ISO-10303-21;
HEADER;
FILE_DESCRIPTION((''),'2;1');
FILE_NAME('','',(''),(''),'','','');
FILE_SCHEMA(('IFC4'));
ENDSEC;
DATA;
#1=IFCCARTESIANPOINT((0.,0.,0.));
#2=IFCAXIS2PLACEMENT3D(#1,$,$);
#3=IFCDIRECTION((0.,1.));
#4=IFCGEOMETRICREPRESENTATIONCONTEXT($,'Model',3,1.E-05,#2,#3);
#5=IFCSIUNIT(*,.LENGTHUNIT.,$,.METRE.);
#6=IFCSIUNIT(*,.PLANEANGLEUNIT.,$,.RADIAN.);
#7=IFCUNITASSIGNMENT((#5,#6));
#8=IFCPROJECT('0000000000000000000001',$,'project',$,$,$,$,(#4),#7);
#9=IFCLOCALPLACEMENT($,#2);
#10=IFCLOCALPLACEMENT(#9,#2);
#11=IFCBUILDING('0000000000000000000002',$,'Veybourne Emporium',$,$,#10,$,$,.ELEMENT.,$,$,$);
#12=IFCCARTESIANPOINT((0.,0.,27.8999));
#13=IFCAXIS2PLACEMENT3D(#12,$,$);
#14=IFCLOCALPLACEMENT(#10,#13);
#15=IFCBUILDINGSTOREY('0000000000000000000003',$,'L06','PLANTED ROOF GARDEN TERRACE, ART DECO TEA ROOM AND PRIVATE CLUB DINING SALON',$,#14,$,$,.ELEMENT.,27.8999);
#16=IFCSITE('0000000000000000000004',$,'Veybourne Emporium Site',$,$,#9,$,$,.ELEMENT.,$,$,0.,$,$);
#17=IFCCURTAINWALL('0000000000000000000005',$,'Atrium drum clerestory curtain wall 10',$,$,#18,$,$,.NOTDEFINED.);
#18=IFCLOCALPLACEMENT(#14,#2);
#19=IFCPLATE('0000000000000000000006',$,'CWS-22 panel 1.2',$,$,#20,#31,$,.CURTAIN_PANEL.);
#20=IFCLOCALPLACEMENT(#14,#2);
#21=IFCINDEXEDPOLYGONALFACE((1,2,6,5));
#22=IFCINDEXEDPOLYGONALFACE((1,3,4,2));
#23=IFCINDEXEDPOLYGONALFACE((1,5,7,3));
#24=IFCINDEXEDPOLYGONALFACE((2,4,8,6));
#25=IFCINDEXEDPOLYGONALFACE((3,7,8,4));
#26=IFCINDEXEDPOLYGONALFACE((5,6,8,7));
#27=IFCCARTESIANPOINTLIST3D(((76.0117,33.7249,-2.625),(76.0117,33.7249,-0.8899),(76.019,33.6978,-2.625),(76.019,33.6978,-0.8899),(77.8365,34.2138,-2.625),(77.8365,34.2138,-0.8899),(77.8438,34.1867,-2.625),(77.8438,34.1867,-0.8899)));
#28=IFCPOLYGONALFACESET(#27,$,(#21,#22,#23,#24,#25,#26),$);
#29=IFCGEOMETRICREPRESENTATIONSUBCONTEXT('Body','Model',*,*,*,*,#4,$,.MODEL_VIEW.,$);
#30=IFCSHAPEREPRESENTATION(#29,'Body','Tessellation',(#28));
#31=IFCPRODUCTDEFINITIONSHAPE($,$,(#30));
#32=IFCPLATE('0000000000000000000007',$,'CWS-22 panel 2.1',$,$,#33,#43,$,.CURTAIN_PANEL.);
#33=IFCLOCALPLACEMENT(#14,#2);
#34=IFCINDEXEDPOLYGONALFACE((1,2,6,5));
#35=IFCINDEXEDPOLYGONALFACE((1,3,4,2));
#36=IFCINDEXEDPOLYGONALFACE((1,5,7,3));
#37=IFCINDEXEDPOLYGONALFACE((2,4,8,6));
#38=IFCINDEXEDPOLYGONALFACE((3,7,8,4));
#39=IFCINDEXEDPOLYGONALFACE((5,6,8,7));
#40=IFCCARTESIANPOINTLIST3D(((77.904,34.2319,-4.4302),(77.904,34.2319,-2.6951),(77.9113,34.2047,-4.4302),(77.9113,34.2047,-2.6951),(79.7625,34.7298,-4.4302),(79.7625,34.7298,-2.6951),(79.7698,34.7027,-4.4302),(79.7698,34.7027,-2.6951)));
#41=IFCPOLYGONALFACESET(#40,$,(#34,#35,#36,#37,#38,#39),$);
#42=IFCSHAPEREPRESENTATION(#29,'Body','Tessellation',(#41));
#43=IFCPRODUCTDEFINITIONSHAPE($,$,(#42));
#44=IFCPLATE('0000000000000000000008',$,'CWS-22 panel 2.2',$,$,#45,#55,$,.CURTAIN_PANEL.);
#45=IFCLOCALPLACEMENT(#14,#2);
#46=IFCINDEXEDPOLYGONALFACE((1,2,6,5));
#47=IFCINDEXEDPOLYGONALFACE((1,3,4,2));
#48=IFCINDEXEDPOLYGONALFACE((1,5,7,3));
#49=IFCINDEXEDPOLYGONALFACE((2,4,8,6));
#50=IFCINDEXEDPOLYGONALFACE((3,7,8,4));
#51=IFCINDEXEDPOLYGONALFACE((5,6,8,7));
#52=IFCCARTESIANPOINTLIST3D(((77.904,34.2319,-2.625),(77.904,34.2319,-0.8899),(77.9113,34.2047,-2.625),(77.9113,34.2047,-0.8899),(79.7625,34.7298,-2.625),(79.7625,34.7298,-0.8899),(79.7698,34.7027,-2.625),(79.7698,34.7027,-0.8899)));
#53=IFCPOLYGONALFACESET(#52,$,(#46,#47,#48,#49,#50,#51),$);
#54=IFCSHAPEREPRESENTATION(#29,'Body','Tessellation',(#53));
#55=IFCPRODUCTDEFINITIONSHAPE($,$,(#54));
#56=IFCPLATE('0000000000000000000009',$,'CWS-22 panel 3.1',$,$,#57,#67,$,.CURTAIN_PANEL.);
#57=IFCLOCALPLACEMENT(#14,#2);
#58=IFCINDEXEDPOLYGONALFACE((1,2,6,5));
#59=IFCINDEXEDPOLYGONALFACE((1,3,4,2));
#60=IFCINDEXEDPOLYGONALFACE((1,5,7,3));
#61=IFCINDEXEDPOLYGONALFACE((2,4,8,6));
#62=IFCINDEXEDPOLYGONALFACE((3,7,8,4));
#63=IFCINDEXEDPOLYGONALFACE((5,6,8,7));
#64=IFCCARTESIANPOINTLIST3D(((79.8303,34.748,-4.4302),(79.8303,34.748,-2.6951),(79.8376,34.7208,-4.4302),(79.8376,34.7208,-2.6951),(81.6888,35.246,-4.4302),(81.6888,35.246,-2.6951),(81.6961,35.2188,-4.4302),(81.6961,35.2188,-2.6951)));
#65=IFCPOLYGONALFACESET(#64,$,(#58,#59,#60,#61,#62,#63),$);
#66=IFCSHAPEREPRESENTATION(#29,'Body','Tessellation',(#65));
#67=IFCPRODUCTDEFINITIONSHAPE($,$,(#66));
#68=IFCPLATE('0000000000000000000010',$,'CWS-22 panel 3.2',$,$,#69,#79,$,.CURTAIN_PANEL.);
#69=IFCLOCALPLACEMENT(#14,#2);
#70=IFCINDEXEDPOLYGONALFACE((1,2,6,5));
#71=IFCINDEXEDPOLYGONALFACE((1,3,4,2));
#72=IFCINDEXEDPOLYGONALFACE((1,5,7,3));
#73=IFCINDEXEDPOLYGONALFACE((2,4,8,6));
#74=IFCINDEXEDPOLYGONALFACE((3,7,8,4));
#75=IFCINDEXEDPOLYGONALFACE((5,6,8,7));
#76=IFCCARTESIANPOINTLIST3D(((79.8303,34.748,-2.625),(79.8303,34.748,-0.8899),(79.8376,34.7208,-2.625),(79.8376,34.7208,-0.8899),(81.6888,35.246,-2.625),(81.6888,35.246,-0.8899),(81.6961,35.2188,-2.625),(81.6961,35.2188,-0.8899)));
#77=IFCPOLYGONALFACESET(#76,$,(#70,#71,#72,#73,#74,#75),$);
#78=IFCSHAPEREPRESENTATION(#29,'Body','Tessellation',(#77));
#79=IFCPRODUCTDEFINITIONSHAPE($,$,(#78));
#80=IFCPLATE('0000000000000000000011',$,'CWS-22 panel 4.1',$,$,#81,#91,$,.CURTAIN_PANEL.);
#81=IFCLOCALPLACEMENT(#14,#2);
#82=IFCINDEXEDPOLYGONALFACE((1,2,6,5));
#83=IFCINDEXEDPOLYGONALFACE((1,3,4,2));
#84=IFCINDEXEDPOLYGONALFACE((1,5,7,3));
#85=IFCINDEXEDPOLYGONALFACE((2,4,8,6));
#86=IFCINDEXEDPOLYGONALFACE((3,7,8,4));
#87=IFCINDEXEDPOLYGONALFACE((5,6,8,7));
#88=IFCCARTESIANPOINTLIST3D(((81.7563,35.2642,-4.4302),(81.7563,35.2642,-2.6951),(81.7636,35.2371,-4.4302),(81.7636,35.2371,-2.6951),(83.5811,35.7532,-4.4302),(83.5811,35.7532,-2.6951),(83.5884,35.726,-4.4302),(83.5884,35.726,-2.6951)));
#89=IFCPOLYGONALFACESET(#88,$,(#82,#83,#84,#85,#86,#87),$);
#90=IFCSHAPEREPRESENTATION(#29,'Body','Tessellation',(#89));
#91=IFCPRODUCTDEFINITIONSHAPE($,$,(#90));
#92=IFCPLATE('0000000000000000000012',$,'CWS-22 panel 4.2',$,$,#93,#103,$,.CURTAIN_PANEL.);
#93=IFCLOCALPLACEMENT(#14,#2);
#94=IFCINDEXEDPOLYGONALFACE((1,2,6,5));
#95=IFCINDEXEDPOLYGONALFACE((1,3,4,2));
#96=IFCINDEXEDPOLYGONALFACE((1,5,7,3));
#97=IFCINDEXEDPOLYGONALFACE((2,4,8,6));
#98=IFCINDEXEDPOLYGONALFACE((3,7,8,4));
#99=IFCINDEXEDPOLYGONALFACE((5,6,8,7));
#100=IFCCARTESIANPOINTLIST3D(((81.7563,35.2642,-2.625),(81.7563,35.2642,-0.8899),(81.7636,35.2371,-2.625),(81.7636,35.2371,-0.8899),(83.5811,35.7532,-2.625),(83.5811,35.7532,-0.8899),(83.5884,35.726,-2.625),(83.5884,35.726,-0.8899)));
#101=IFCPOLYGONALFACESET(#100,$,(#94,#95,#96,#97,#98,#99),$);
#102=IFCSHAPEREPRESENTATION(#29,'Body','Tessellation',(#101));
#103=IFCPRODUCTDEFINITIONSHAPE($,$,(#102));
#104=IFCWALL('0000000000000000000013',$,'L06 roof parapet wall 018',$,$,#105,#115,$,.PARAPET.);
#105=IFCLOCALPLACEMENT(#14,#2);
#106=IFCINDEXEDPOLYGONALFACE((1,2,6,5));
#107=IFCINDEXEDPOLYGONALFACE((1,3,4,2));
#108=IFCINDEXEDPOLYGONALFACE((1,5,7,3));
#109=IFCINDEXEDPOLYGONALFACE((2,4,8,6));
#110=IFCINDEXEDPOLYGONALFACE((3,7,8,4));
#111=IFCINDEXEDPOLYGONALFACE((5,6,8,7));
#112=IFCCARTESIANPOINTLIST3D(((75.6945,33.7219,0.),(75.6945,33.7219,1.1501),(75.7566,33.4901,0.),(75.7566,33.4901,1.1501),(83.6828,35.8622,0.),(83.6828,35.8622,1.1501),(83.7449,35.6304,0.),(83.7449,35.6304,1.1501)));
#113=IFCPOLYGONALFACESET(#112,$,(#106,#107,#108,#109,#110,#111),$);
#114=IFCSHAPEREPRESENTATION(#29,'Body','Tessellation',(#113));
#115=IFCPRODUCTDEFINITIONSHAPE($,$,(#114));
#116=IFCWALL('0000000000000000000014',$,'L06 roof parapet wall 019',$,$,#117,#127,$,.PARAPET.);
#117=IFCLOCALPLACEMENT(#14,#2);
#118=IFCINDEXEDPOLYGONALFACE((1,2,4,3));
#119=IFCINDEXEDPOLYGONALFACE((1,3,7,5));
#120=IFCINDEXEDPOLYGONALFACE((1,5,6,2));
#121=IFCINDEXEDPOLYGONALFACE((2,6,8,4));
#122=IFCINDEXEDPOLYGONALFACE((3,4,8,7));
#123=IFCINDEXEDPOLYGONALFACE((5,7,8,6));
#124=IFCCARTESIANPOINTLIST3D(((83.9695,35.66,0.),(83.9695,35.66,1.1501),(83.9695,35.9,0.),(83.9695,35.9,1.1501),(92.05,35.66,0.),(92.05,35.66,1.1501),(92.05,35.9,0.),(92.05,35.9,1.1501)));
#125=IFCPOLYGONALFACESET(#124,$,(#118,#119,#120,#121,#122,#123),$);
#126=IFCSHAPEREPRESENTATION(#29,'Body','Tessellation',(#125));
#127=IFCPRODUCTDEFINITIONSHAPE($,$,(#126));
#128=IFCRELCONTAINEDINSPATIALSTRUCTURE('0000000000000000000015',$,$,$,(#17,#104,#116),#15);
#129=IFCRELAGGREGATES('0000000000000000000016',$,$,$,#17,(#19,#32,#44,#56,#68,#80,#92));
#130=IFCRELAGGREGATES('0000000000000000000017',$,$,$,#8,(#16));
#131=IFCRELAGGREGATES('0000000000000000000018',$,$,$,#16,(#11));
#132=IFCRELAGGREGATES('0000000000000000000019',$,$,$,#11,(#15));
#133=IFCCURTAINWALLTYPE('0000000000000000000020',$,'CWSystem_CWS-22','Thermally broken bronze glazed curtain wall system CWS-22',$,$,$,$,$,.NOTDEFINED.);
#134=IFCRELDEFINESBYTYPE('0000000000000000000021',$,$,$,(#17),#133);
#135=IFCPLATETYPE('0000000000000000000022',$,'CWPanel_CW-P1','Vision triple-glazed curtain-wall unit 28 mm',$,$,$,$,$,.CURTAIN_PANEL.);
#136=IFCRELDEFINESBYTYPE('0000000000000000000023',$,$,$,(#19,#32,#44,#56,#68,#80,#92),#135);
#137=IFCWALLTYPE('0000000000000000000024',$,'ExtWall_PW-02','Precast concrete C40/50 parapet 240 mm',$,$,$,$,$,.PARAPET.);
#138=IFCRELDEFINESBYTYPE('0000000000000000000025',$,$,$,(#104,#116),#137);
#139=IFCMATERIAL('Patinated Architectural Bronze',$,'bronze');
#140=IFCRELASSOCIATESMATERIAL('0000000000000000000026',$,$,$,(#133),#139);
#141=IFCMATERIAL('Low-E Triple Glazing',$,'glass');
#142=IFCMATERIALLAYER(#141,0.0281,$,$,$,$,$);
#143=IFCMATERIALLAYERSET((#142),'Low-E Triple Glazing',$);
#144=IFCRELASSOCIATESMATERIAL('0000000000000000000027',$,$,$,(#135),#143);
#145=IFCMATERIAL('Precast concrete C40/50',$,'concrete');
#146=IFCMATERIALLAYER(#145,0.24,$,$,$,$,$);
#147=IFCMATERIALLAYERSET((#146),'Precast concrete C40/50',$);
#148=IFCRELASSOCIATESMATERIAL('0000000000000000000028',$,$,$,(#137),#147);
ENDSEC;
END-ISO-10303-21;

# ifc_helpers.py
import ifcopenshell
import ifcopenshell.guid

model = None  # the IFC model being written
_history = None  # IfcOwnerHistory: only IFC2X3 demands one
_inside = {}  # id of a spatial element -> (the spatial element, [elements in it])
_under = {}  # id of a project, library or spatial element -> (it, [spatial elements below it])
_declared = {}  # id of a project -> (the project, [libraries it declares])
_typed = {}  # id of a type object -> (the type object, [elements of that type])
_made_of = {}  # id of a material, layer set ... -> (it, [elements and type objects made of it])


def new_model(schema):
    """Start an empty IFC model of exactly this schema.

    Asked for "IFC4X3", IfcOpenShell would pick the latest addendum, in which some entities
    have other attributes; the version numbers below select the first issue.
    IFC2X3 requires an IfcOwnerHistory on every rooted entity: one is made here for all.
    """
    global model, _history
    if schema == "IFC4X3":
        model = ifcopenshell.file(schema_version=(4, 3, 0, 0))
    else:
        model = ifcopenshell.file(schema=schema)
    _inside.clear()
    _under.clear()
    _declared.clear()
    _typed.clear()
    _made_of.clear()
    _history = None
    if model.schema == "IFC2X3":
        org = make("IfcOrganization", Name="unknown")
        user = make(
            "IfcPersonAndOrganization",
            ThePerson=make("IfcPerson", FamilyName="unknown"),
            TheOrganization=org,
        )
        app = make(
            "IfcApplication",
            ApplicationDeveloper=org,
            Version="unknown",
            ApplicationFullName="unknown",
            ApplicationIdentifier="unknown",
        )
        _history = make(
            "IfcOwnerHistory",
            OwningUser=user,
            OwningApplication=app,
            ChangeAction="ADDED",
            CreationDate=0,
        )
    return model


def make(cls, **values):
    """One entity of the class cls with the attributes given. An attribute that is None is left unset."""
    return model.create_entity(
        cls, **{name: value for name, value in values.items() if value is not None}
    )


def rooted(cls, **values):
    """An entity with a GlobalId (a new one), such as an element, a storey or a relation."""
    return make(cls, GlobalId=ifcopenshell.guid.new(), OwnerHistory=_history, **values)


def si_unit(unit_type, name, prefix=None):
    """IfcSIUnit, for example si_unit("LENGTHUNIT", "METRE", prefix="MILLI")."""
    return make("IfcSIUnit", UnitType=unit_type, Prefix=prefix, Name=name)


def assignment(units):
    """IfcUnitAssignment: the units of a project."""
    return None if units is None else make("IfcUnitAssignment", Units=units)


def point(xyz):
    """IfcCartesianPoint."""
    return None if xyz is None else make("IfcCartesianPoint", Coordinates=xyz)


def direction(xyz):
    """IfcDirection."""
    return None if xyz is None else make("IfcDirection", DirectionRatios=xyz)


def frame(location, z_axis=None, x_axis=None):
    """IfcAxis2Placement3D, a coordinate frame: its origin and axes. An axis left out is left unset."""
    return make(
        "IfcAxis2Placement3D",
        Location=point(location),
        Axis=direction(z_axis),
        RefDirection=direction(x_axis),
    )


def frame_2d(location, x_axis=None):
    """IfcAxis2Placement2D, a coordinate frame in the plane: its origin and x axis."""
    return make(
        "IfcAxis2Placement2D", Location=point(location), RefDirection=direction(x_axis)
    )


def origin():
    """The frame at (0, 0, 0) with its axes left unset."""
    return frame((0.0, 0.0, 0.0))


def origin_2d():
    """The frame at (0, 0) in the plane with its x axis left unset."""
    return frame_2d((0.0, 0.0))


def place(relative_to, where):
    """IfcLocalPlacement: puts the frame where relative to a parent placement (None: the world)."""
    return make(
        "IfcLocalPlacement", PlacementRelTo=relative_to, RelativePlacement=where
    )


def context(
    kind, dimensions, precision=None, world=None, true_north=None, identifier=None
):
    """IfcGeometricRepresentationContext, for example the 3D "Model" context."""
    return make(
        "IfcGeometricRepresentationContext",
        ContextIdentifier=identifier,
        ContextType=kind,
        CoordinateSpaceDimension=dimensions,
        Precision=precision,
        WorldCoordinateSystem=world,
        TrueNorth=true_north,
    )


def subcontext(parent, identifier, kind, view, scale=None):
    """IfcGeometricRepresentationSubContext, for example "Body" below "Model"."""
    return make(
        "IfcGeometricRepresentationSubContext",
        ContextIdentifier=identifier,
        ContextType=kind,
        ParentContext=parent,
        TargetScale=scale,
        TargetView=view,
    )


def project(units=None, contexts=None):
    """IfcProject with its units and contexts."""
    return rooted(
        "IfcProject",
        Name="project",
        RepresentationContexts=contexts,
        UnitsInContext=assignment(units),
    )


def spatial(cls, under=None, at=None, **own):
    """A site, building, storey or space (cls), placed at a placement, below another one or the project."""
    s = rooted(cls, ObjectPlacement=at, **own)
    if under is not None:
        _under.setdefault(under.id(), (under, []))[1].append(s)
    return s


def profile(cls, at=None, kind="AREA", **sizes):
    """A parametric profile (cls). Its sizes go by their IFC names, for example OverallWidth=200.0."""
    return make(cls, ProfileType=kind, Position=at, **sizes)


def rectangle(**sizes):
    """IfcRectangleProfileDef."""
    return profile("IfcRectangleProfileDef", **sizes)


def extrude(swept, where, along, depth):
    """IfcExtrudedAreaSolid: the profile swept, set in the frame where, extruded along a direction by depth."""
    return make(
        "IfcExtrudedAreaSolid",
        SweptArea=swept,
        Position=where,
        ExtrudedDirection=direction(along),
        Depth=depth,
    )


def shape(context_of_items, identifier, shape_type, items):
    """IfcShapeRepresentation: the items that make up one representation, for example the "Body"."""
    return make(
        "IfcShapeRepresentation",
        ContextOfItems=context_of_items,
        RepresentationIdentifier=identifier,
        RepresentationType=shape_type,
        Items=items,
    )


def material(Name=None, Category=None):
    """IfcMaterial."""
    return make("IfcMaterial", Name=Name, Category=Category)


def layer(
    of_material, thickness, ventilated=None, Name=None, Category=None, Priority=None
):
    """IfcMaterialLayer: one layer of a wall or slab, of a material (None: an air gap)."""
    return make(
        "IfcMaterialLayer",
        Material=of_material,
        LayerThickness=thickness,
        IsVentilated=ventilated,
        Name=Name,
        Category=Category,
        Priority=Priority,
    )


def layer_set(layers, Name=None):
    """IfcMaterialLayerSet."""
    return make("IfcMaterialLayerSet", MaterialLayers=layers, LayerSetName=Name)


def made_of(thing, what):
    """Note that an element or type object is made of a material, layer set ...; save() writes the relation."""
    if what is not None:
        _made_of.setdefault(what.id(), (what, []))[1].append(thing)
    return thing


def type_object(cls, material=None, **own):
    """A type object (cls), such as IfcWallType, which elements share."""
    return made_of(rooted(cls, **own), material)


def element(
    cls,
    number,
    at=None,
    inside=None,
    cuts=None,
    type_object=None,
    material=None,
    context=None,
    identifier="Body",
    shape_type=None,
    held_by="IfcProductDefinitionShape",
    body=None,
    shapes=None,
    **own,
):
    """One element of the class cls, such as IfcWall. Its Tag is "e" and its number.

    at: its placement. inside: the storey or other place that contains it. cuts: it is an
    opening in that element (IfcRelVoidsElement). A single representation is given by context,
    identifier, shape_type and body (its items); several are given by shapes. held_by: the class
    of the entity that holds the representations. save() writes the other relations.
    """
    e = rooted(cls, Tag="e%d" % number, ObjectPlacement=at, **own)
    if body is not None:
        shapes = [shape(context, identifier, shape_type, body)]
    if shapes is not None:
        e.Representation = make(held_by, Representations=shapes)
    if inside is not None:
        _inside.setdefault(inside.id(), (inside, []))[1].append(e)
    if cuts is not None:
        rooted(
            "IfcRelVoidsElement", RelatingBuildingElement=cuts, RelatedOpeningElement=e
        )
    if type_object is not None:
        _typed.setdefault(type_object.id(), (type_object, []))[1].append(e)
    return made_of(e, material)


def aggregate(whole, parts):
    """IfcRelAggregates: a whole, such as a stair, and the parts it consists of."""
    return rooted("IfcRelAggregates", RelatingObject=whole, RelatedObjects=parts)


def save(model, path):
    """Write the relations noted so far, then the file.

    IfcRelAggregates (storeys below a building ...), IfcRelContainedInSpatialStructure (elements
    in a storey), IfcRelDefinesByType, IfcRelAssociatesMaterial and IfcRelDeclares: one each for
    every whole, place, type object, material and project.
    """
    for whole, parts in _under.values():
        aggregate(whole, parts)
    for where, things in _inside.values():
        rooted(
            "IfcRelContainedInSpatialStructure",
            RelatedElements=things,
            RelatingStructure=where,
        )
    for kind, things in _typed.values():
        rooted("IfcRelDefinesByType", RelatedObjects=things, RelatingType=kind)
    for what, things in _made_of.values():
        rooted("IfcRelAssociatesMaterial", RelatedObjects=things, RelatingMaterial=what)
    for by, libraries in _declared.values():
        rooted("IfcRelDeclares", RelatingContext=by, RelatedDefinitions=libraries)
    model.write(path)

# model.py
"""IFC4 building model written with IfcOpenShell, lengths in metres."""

from ifc_helpers import new_model, si_unit, direction, frame, frame_2d, origin, origin_2d, place, context, subcontext, project, spatial, rectangle, extrude, material, layer, layer_set, type_object, element, aggregate, save


model = new_model("IFC4")

# Units and contexts
model_context = context("Model", 3, precision=1e-05, world=origin(), true_north=direction((0.0, 1.0)))
body_context = subcontext(model_context, "Body", "Model", "MODEL_VIEW")
ifc_project = project(units=[si_unit("LENGTHUNIT", "METRE"), si_unit("PLANEANGLEUNIT", "RADIAN")], contexts=[model_context])

# Site, building, storey
site_placement = place(None, origin())
site = spatial("IfcSite", under=ifc_project, at=site_placement, Name="Veybourne Emporium Site", CompositionType="ELEMENT", RefElevation=0.0)
building_placement = place(site_placement, origin())
building = spatial("IfcBuilding", under=site, at=building_placement, Name="Veybourne Emporium", CompositionType="ELEMENT")
storey_placement = place(building_placement, frame((0.0, 0.0, 27.8999)))
storey = spatial("IfcBuildingStorey", under=building, at=storey_placement, Name="L06", Description="PLANTED ROOF GARDEN TERRACE, ART DECO TEA ROOM AND PRIVATE CLUB DINING SALON", CompositionType="ELEMENT", Elevation=27.8999)

# Shared definitions
ifc_material_1 = material(Name="Patinated Architectural Bronze", Category="bronze")

# Curtain wall
curtain_wall_type_1 = type_object("IfcCurtainWallType", Name="CWSystem_CWS-22", Description="Thermally broken bronze glazed curtain wall system CWS-22", PredefinedType="NOTDEFINED", material=ifc_material_1)
curtain_wall_1_placement = place(storey_placement, origin())
curtain_wall_1 = element("IfcCurtainWall", 1, at=curtain_wall_1_placement, inside=storey, type_object=curtain_wall_type_1, Name="Atrium drum clerestory curtain wall 10", PredefinedType="NOTDEFINED")

# Plates
ifc_material_2 = material(Name="Low-E Triple Glazing", Category="glass")
ifc_layer_1 = layer(ifc_material_2, 0.0281)
ifc_layer_set_1 = layer_set([ifc_layer_1], Name="Low-E Triple Glazing")
plate_type = type_object("IfcPlateType", Name="CWPanel_CW-P1", Description="Vision triple-glazed curtain-wall unit 28 mm", PredefinedType="CURTAIN_PANEL", material=ifc_layer_set_1)
plate_1_placement = place(storey_placement, frame((76.9277, 33.9558, -2.625), z_axis=(0.0, 0.0, 1.0), x_axis=(0.965926, 0.25882, 0.0)))
plate_1 = element("IfcPlate", 2, at=plate_1_placement, type_object=plate_type, Name="CWS-22 panel 1.2", PredefinedType="CURTAIN_PANEL", context=body_context, shape_type="SweptSolid", body=[
    extrude(rectangle(XDim=1.8892, YDim=0.0281, at=origin_2d()), origin(), (0.0, 0.0, 1.0), 1.7351),
])
plate_2_placement = place(storey_placement, frame((78.8369, 34.4673, -4.4302), z_axis=(0.0, 0.0, 1.0), x_axis=(0.965926, 0.25882, 0.0)))
plate_2 = element("IfcPlate", 3, at=plate_2_placement, type_object=plate_type, Name="CWS-22 panel 2.1", PredefinedType="CURTAIN_PANEL", context=body_context, shape_type="SweptSolid", body=[
    extrude(rectangle(XDim=1.9241, YDim=0.0281, at=origin_2d()), origin(), (0.0, 0.0, 1.0), 1.7351),
])
plate_3_placement = place(storey_placement, frame((78.8369, 34.4673, -2.625), z_axis=(0.0, 0.0, 1.0), x_axis=(0.965926, 0.25882, 0.0)))
plate_3 = element("IfcPlate", 4, at=plate_3_placement, type_object=plate_type, Name="CWS-22 panel 2.2", PredefinedType="CURTAIN_PANEL", context=body_context, shape_type="SweptSolid", body=[
    extrude(rectangle(XDim=1.9241, YDim=0.0281, at=origin_2d()), origin(), (0.0, 0.0, 1.0), 1.7351),
])
plate_4_placement = place(storey_placement, frame((80.7632, 34.9834, -4.4302), z_axis=(0.0, 0.0, 1.0), x_axis=(0.965926, 0.25882, 0.0)))
plate_4 = element("IfcPlate", 5, at=plate_4_placement, type_object=plate_type, Name="CWS-22 panel 3.1", PredefinedType="CURTAIN_PANEL", context=body_context, shape_type="SweptSolid", body=[
    extrude(rectangle(XDim=1.9241, YDim=0.0281, at=origin_2d()), origin(), (0.0, 0.0, 1.0), 1.7351),
])
plate_5_placement = place(storey_placement, frame((80.7632, 34.9834, -2.625), z_axis=(0.0, 0.0, 1.0), x_axis=(0.965926, 0.25882, 0.0)))
plate_5 = element("IfcPlate", 6, at=plate_5_placement, type_object=plate_type, Name="CWS-22 panel 3.2", PredefinedType="CURTAIN_PANEL", context=body_context, shape_type="SweptSolid", body=[
    extrude(rectangle(XDim=1.9241, YDim=0.0281, at=origin_2d()), origin(), (0.0, 0.0, 1.0), 1.7351),
])
plate_6_placement = place(storey_placement, frame((82.6724, 35.4951, -4.4302), z_axis=(0.0, 0.0, 1.0), x_axis=(0.965926, 0.25882, 0.0)))
plate_6 = element("IfcPlate", 7, at=plate_6_placement, type_object=plate_type, Name="CWS-22 panel 4.1", PredefinedType="CURTAIN_PANEL", context=body_context, shape_type="SweptSolid", body=[
    extrude(rectangle(XDim=1.8892, YDim=0.0281, at=origin_2d()), origin(), (0.0, 0.0, 1.0), 1.7351),
])
plate_7_placement = place(storey_placement, frame((82.6724, 35.4951, -2.625), z_axis=(0.0, 0.0, 1.0), x_axis=(0.965926, 0.25882, 0.0)))
plate_7 = element("IfcPlate", 8, at=plate_7_placement, type_object=plate_type, Name="CWS-22 panel 4.2", PredefinedType="CURTAIN_PANEL", context=body_context, shape_type="SweptSolid", body=[
    extrude(rectangle(XDim=1.8892, YDim=0.0281, at=origin_2d()), origin(), (0.0, 0.0, 1.0), 1.7351),
])
aggregate(curtain_wall_1, [plate_1, plate_2, plate_3, plate_4, plate_5, plate_6, plate_7])

# Walls
ifc_material_3 = material(Name="Precast concrete C40/50", Category="concrete")
ifc_layer_2 = layer(ifc_material_3, 0.24)
ifc_layer_set_2 = layer_set([ifc_layer_2], Name="Precast concrete C40/50")
wall_type = type_object("IfcWallType", Name="ExtWall_PW-02", Description="Precast concrete C40/50 parapet 240 mm", PredefinedType="PARAPET", material=ifc_layer_set_2)
wall_1_placement = place(storey_placement, frame((75.7256, 33.606, 0.0), z_axis=(0.0, 0.0, 1.0), x_axis=(0.965928, 0.258811, 0.0)))
element("IfcWall", 9, at=wall_1_placement, inside=storey, type_object=wall_type, Name="L06 roof parapet wall 018", PredefinedType="PARAPET", context=body_context, shape_type="SweptSolid", body=[
    extrude(rectangle(XDim=8.27, YDim=0.24, at=frame_2d((4.135, 0.0))), origin(), (0.0, 0.0, 1.0), 1.1501),
])
wall_2_placement = place(storey_placement, frame((83.9695, 35.78, 0.0), z_axis=(0.0, 0.0, 1.0), x_axis=(1.0, 0.0, 0.0)))
element("IfcWall", 10, at=wall_2_placement, inside=storey, type_object=wall_type, Name="L06 roof parapet wall 019", PredefinedType="PARAPET", context=body_context, shape_type="SweptSolid", body=[
    extrude(rectangle(XDim=8.0806, YDim=0.24, at=frame_2d((4.0403, 0.0))), origin(), (0.0, 0.0, 1.0), 1.1501),
])

save(model, "model.ifc")
